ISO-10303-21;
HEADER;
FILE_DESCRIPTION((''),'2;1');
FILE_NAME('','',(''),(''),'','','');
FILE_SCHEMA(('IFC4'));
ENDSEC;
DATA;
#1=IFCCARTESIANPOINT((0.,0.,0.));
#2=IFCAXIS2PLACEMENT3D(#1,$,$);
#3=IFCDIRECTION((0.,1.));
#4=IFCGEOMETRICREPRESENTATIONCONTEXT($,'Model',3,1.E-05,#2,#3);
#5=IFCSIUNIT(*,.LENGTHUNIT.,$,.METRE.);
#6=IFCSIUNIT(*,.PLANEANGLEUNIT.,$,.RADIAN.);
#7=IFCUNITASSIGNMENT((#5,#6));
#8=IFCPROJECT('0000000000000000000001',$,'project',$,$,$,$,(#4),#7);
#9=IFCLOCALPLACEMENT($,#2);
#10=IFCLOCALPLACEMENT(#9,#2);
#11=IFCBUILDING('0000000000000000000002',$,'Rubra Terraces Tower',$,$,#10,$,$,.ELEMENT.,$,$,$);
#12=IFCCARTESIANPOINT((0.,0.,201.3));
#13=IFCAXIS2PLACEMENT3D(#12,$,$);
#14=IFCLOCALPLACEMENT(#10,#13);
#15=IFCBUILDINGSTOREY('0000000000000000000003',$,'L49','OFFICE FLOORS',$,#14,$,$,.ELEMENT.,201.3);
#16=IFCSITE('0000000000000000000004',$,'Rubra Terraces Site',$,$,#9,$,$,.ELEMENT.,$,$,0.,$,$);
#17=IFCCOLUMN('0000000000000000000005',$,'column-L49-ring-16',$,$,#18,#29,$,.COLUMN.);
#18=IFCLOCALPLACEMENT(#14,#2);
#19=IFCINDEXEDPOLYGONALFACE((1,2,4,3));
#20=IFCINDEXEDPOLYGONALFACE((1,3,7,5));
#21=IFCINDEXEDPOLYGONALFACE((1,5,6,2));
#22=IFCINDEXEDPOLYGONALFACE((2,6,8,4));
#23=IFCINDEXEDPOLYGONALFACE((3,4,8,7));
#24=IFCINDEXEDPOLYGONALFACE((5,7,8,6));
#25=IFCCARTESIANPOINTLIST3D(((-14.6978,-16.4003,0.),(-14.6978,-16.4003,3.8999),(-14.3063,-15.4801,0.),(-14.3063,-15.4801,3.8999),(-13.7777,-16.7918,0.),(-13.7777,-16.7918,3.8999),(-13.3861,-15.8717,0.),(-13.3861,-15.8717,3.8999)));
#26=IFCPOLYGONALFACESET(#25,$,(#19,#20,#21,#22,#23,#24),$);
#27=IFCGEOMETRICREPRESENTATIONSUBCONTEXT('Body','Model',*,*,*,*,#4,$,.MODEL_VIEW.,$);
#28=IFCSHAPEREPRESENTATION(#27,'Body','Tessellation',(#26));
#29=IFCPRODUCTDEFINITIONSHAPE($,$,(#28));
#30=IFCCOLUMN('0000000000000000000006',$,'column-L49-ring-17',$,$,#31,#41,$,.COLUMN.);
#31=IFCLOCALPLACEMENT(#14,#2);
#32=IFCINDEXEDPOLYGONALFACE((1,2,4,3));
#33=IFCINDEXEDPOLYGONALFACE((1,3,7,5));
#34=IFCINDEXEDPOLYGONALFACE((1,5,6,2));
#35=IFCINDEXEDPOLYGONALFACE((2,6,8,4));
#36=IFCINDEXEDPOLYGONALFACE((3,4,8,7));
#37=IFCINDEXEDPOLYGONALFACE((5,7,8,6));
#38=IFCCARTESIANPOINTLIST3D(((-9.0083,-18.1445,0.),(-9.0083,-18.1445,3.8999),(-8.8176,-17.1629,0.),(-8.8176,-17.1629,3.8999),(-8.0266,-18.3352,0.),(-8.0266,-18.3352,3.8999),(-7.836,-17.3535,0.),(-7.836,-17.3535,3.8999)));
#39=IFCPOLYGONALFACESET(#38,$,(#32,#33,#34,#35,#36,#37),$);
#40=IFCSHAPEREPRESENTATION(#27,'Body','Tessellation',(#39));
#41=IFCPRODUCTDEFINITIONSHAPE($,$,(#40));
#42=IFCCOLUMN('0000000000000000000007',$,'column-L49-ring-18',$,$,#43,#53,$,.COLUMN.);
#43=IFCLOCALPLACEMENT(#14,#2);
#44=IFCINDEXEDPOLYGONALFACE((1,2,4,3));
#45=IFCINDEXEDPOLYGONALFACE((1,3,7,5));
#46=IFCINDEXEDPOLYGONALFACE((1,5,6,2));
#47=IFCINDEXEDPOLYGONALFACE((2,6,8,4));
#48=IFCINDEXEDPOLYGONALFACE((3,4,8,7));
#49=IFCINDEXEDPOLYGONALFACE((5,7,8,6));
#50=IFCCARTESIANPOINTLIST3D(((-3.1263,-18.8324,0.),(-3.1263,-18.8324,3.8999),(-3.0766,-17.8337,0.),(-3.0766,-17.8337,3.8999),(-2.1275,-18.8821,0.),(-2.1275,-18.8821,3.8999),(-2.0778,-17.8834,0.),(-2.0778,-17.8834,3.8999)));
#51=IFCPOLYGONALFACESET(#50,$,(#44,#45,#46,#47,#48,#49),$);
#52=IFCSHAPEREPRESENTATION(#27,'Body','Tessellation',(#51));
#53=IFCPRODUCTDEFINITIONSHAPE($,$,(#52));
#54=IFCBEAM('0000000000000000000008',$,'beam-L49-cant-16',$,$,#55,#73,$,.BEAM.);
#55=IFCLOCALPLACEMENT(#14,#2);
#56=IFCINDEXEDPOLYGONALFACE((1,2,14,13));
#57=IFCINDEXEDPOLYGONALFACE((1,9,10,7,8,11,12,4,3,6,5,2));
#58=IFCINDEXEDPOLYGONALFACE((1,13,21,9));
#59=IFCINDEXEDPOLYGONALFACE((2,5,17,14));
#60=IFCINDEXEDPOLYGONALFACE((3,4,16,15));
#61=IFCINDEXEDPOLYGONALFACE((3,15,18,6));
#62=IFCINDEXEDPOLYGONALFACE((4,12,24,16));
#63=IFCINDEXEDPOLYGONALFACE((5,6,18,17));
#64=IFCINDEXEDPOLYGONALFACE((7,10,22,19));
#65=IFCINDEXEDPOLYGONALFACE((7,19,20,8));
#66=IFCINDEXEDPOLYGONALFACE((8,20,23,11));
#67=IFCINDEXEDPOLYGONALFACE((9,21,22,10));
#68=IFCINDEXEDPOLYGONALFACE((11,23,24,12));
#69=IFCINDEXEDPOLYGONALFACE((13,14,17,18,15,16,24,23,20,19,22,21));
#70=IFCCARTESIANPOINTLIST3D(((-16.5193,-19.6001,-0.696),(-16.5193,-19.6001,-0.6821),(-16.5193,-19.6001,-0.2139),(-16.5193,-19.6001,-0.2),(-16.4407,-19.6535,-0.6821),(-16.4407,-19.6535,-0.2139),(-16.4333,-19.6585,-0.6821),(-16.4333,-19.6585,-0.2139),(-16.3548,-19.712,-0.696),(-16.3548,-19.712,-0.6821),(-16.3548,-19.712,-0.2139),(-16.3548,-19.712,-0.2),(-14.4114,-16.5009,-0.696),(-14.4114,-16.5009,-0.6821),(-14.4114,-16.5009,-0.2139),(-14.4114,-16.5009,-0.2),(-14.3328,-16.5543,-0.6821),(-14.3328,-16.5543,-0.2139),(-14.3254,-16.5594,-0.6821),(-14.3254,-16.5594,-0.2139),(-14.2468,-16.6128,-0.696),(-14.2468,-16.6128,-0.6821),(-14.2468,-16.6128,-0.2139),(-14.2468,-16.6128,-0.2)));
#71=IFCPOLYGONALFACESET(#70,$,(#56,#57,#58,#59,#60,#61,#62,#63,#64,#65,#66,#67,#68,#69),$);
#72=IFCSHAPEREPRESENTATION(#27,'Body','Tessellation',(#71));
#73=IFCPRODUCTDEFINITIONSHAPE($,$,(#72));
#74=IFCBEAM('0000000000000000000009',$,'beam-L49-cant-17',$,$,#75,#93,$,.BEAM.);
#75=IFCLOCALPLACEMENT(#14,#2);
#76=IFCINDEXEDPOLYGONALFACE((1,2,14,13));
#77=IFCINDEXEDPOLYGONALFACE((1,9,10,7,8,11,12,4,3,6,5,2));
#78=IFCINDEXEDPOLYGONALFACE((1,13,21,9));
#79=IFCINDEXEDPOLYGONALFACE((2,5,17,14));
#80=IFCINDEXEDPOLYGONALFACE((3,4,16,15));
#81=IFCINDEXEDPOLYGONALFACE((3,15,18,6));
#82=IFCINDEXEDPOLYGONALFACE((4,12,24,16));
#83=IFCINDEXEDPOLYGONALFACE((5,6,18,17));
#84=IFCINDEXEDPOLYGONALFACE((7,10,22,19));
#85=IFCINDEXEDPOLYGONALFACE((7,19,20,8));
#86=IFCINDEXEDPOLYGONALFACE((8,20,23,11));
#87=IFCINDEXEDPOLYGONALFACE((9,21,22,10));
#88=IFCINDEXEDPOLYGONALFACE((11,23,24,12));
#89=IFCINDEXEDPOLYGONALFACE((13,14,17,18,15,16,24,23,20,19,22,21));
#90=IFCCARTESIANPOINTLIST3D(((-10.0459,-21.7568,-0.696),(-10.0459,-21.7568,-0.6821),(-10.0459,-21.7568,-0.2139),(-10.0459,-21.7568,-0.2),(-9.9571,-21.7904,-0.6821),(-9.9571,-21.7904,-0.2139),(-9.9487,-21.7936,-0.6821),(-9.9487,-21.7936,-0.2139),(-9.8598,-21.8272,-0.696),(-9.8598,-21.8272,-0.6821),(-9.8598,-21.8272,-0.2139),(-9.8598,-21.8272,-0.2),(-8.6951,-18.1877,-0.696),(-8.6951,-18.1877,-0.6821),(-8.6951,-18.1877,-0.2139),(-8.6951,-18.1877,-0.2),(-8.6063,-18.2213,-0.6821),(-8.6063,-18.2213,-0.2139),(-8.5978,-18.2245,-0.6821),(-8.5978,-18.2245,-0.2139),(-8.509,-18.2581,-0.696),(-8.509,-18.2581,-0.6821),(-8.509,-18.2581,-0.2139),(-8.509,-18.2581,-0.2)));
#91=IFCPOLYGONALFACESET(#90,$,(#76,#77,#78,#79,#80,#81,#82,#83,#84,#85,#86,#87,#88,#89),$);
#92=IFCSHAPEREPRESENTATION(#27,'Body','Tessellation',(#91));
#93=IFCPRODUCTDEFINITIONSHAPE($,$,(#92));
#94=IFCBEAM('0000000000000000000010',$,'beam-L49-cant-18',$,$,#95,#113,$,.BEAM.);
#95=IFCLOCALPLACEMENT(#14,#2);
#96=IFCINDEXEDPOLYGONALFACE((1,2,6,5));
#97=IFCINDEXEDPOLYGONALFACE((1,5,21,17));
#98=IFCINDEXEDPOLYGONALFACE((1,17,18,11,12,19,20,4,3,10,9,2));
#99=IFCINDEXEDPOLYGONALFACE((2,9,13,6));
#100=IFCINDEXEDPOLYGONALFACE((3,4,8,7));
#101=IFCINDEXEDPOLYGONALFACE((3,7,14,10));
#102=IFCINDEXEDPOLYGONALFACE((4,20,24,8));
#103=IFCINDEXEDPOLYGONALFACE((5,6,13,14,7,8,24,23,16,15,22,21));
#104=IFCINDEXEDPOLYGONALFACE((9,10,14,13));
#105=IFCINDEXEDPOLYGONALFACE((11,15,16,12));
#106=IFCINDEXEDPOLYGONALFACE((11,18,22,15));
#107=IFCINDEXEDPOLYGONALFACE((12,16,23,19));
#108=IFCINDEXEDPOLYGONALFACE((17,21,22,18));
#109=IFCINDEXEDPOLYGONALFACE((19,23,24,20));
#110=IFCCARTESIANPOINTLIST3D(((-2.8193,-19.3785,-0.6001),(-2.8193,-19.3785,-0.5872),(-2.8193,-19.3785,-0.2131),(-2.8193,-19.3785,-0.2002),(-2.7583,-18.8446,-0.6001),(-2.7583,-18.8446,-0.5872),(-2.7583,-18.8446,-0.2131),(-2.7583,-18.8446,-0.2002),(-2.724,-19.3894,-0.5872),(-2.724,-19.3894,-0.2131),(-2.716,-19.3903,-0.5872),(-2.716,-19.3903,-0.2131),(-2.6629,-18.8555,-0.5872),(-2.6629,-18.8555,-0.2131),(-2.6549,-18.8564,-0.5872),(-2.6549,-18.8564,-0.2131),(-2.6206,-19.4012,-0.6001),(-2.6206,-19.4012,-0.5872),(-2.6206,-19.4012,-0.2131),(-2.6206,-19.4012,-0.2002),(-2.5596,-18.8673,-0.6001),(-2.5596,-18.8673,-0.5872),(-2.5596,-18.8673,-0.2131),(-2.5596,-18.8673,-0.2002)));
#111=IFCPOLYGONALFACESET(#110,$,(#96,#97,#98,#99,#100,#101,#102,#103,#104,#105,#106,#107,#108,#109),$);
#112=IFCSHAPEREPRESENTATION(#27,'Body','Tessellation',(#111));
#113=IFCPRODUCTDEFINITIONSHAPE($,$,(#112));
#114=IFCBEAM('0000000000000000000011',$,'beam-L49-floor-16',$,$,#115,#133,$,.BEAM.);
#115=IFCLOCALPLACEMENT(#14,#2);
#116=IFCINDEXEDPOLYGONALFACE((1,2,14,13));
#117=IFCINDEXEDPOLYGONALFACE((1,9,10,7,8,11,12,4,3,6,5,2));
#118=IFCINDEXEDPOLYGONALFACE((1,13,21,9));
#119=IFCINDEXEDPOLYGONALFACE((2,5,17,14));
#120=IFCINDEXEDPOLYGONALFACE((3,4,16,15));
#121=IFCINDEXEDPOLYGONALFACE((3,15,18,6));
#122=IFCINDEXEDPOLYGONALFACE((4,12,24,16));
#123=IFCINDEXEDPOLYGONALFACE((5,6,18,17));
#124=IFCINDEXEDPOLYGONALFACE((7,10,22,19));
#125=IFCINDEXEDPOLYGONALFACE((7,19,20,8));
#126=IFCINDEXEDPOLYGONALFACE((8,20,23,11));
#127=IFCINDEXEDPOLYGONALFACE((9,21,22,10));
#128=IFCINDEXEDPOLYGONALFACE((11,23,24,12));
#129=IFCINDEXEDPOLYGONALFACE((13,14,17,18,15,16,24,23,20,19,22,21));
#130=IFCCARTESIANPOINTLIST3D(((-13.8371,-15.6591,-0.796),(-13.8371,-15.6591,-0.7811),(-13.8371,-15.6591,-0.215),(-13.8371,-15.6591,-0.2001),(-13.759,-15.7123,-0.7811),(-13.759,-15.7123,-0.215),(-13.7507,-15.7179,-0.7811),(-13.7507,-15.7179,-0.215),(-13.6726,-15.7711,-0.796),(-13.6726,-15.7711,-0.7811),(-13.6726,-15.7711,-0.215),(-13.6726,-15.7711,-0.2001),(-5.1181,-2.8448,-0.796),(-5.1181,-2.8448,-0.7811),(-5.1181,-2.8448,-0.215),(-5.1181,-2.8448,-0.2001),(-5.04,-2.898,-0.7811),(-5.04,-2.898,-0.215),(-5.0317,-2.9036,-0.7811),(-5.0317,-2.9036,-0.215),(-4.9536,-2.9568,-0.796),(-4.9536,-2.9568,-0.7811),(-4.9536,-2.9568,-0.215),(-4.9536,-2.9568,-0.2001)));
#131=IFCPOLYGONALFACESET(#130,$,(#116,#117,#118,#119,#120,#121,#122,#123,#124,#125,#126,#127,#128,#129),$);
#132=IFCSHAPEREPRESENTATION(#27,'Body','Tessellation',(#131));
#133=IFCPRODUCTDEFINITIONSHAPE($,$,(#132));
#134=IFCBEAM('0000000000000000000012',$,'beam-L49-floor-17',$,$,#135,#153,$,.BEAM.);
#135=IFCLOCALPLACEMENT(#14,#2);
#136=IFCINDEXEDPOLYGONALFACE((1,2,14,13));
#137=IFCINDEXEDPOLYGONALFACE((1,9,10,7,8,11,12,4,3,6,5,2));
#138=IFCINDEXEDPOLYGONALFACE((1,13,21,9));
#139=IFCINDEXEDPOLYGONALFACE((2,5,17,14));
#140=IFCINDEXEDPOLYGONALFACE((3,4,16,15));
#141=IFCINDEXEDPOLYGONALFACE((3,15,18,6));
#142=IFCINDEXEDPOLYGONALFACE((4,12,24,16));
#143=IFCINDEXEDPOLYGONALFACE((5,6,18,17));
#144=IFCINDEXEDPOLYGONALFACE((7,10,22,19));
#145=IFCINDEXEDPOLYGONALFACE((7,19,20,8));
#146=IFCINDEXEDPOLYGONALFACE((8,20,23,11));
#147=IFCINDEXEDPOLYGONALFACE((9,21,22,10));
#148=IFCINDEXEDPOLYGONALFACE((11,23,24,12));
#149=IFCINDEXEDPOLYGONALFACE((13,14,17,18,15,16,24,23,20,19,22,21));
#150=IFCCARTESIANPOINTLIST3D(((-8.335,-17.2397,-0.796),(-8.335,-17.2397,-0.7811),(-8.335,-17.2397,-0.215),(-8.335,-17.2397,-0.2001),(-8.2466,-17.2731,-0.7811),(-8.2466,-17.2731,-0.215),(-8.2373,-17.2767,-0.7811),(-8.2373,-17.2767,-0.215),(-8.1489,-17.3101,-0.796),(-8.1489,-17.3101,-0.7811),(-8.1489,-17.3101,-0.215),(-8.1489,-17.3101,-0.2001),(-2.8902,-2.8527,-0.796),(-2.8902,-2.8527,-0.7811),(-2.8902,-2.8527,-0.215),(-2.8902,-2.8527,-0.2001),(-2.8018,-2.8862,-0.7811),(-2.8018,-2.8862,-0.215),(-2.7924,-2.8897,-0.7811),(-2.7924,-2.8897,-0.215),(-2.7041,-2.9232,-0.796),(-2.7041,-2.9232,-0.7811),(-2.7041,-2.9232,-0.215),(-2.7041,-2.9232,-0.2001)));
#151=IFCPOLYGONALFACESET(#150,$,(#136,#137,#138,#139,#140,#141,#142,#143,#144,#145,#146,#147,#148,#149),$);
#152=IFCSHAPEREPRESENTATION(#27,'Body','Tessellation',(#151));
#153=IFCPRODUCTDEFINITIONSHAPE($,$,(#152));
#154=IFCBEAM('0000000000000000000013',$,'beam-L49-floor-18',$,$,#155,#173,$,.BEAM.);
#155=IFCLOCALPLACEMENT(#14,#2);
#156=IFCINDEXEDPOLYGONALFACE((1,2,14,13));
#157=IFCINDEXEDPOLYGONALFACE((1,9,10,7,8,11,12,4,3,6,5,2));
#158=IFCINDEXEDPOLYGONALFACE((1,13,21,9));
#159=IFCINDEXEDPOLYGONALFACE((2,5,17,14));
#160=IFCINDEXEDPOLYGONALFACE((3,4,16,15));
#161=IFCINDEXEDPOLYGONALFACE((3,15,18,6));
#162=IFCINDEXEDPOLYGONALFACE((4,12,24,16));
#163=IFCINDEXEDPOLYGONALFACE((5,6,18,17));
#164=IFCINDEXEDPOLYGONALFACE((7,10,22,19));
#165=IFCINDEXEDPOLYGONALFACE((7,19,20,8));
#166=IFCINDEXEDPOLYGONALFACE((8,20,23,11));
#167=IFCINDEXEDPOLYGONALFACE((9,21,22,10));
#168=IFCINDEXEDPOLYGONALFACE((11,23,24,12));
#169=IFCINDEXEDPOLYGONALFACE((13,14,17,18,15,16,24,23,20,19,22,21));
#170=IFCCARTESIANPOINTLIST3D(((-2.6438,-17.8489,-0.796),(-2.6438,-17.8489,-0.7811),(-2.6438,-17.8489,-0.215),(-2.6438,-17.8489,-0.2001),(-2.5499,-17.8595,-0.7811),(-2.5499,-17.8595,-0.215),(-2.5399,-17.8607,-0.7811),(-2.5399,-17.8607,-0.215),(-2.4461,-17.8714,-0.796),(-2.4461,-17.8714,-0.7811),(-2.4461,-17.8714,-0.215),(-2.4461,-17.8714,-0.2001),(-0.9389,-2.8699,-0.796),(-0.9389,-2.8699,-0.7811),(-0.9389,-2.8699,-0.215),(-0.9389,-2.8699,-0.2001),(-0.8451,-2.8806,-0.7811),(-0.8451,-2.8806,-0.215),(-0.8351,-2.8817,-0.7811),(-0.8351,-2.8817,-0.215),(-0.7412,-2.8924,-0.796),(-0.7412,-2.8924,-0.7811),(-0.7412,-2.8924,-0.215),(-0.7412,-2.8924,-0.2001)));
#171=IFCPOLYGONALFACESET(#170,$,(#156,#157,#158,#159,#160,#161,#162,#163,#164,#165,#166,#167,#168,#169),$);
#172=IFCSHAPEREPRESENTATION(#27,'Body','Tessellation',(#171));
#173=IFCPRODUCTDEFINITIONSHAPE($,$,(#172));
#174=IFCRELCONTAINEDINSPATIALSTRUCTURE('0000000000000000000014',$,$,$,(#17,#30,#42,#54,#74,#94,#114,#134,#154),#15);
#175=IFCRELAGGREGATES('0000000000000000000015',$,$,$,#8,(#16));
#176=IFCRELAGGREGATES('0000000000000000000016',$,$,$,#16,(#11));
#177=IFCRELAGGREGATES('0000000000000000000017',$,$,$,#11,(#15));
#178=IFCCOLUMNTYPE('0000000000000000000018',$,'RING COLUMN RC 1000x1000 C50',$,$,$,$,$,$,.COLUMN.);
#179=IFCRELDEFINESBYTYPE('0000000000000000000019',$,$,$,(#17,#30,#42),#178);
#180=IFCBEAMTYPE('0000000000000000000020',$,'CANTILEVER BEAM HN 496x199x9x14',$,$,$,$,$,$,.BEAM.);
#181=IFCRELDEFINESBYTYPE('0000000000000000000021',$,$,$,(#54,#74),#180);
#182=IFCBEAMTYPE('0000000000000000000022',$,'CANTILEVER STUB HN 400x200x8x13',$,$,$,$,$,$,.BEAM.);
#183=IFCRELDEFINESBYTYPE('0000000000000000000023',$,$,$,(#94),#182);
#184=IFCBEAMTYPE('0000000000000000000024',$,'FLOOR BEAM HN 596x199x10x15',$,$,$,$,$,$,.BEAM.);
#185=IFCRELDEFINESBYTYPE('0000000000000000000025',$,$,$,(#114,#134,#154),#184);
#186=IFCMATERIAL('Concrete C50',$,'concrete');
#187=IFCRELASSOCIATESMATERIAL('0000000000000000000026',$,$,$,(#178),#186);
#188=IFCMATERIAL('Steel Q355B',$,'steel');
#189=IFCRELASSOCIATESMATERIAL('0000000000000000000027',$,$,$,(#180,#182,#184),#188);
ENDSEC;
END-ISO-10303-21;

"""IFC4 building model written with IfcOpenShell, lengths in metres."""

from ifc_helpers import new_model, si_unit, direction, frame, origin, origin_2d, place, context, subcontext, project, spatial, rectangle, i_section, extrude, material, material_profile, profile_set, type_object, element, save


model = new_model("IFC4")

# Units and contexts
model_context = context("Model", 3, precision=1e-05, world=origin(), true_north=direction((0.0, 1.0)))
body_context = subcontext(model_context, "Body", "Model", "MODEL_VIEW")
ifc_project = project(units=[si_unit("LENGTHUNIT", "METRE"), si_unit("PLANEANGLEUNIT", "RADIAN")], contexts=[model_context])

# Site, building, storey
site_placement = place(None, origin())
site = spatial("IfcSite", under=ifc_project, at=site_placement, Name="Rubra Terraces Site", CompositionType="ELEMENT", RefElevation=0.0)
building_placement = place(site_placement, origin())
building = spatial("IfcBuilding", under=site, at=building_placement, Name="Rubra Terraces Tower", CompositionType="ELEMENT")
storey_placement = place(building_placement, frame((0.0, 0.0, 201.3)))
storey = spatial("IfcBuildingStorey", under=building, at=storey_placement, Name="L49", Description="OFFICE FLOORS", CompositionType="ELEMENT", Elevation=201.3)

# Columns
ifc_material_1 = material(Name="Concrete C50", Category="concrete")
ifc_material_profile_1 = material_profile(ifc_material_1, rectangle(XDim=1.0, YDim=1.0, at=origin_2d()), Name="RC 1000x1000")
ifc_profile_set_1 = profile_set([ifc_material_profile_1], Name="Concrete C50")
column_type = type_object("IfcColumnType", Name="RING COLUMN RC 1000x1000 C50", PredefinedType="COLUMN", material=ifc_profile_set_1)
for number, where, z_axis, x_axis, name in (
    (1, (-14.042, -16.136, 0.0), (0.0, 0.0, 1.0), (0.920168, -0.391524, 0.0), "column-L49-ring-16"),
    (2, (-8.4221, -17.749, 0.0), (0.0, 0.0, 1.0), (0.981655, -0.190668, 0.0), "column-L49-ring-17"),
    (3, (-2.6021, -18.3579, 0.0), (0.0, 0.0, 1.0), (0.998764, -0.049699, 0.0), "column-L49-ring-18"),
):
    element("IfcColumn", number, at=place(storey_placement, frame(where, z_axis=z_axis, x_axis=x_axis)), inside=storey, type_object=column_type, Name=name, PredefinedType="COLUMN", context=body_context, shape_type="SweptSolid", body=[
        extrude(rectangle(XDim=1.0, YDim=1.0, at=origin_2d()), origin(), (0.0, 0.0, 1.0), 3.8999),
    ])

# Beams
ifc_material_2 = material(Name="Steel Q355B", Category="steel")
ifc_material_profile_2 = material_profile(ifc_material_2, i_section(OverallWidth=0.199, OverallDepth=0.4961, WebThickness=0.009, FlangeThickness=0.0139, at=origin_2d()), Name="HN 496x199x9x14")
ifc_profile_set_2 = profile_set([ifc_material_profile_2], Name="Steel Q355B")
beam_type_1 = type_object("IfcBeamType", Name="CANTILEVER BEAM HN 496x199x9x14", PredefinedType="BEAM", material=ifc_profile_set_2)
beam_1_placement = place(storey_placement, frame((-14.3291, -16.5569, -0.448), z_axis=(-0.562403, -0.826863, 0.0), x_axis=(0.826863, -0.562403, 0.0)))
element("IfcBeam", 4, at=beam_1_placement, inside=storey, type_object=beam_type_1, Name="beam-L49-cant-16", PredefinedType="BEAM", context=body_context, shape_type="SweptSolid", body=[
    extrude(i_section(OverallWidth=0.199, OverallDepth=0.4961, WebThickness=0.009, FlangeThickness=0.0139, at=origin_2d()), origin(), (0.0, 0.0, 1.0), 3.748),
])
beam_2_placement = place(storey_placement, frame((-8.6021, -18.2229, -0.448), z_axis=(-0.353975, -0.935255, 0.0), x_axis=(0.935255, -0.353975, 0.0)))
element("IfcBeam", 5, at=beam_2_placement, inside=storey, type_object=beam_type_1, Name="beam-L49-cant-17", PredefinedType="BEAM", context=body_context, shape_type="SweptSolid", body=[
    extrude(i_section(OverallWidth=0.199, OverallDepth=0.4961, WebThickness=0.009, FlangeThickness=0.0139, at=origin_2d()), origin(), (0.0, 0.0, 1.0), 3.8162),
])
ifc_material_profile_3 = material_profile(ifc_material_2, i_section(OverallWidth=0.2, OverallDepth=0.3999, WebThickness=0.0081, FlangeThickness=0.0129, at=origin_2d()), Name="HN 400x200x8x13")
ifc_profile_set_3 = profile_set([ifc_material_profile_3], Name="Steel Q355B")
beam_type_2 = type_object("IfcBeamType", Name="CANTILEVER STUB HN 400x200x8x13", PredefinedType="BEAM", material=ifc_profile_set_3)
beam_3_placement = place(storey_placement, frame((-2.6589, -18.856, -0.4001), z_axis=(-0.113572, -0.99353, 0.0), x_axis=(0.99353, -0.113572, 0.0)))
element("IfcBeam", 6, at=beam_3_placement, inside=storey, type_object=beam_type_2, Name="beam-L49-cant-18", PredefinedType="BEAM", context=body_context, shape_type="SweptSolid", body=[
    extrude(i_section(OverallWidth=0.2, OverallDepth=0.3999, WebThickness=0.0081, FlangeThickness=0.0129, at=origin_2d()), origin(), (0.0, 0.0, 1.0), 0.5374),
])
ifc_material_profile_4 = material_profile(ifc_material_2, i_section(OverallWidth=0.199, OverallDepth=0.5959, WebThickness=0.01, FlangeThickness=0.0149, at=origin_2d()), Name="HN 596x199x10x15")
ifc_profile_set_4 = profile_set([ifc_material_profile_4], Name="Steel Q355B")
beam_type_3 = type_object("IfcBeamType", Name="FLOOR BEAM HN 596x199x10x15", PredefinedType="BEAM", material=ifc_profile_set_4)
beam_4_placement = place(storey_placement, frame((-13.7549, -15.7151, -0.498), z_axis=(0.562545, 0.826767, 0.0), x_axis=(-0.826767, 0.562545, 0.0)))
element("IfcBeam", 7, at=beam_4_placement, inside=storey, type_object=beam_type_3, Name="beam-L49-floor-16", PredefinedType="BEAM", context=body_context, shape_type="SweptSolid", body=[
    extrude(i_section(OverallWidth=0.199, OverallDepth=0.5959, WebThickness=0.01, FlangeThickness=0.0149, at=origin_2d()), origin(), (0.0, 0.0, 1.0), 15.4993),
])
beam_5_placement = place(storey_placement, frame((-8.2419, -17.2749, -0.498), z_axis=(0.353955, 0.935262, 0.0), x_axis=(-0.935262, 0.353955, 0.0)))
element("IfcBeam", 8, at=beam_5_placement, inside=storey, type_object=beam_type_3, Name="beam-L49-floor-17", PredefinedType="BEAM", context=body_context, shape_type="SweptSolid", body=[
    extrude(i_section(OverallWidth=0.199, OverallDepth=0.5959, WebThickness=0.01, FlangeThickness=0.0149, at=origin_2d()), origin(), (0.0, 0.0, 1.0), 15.3828),
])
beam_6_placement = place(storey_placement, frame((-2.5449, -17.8601, -0.498), z_axis=(0.113085, 0.993585, 0.0), x_axis=(-0.993585, 0.113085, 0.0)))
element("IfcBeam", 9, at=beam_6_placement, inside=storey, type_object=beam_type_3, Name="beam-L49-floor-18", PredefinedType="BEAM", context=body_context, shape_type="SweptSolid", body=[
    extrude(i_section(OverallWidth=0.199, OverallDepth=0.5959, WebThickness=0.01, FlangeThickness=0.0149, at=origin_2d()), origin(), (0.0, 0.0, 1.0), 15.0757),
])

save(model, "model.ifc")
